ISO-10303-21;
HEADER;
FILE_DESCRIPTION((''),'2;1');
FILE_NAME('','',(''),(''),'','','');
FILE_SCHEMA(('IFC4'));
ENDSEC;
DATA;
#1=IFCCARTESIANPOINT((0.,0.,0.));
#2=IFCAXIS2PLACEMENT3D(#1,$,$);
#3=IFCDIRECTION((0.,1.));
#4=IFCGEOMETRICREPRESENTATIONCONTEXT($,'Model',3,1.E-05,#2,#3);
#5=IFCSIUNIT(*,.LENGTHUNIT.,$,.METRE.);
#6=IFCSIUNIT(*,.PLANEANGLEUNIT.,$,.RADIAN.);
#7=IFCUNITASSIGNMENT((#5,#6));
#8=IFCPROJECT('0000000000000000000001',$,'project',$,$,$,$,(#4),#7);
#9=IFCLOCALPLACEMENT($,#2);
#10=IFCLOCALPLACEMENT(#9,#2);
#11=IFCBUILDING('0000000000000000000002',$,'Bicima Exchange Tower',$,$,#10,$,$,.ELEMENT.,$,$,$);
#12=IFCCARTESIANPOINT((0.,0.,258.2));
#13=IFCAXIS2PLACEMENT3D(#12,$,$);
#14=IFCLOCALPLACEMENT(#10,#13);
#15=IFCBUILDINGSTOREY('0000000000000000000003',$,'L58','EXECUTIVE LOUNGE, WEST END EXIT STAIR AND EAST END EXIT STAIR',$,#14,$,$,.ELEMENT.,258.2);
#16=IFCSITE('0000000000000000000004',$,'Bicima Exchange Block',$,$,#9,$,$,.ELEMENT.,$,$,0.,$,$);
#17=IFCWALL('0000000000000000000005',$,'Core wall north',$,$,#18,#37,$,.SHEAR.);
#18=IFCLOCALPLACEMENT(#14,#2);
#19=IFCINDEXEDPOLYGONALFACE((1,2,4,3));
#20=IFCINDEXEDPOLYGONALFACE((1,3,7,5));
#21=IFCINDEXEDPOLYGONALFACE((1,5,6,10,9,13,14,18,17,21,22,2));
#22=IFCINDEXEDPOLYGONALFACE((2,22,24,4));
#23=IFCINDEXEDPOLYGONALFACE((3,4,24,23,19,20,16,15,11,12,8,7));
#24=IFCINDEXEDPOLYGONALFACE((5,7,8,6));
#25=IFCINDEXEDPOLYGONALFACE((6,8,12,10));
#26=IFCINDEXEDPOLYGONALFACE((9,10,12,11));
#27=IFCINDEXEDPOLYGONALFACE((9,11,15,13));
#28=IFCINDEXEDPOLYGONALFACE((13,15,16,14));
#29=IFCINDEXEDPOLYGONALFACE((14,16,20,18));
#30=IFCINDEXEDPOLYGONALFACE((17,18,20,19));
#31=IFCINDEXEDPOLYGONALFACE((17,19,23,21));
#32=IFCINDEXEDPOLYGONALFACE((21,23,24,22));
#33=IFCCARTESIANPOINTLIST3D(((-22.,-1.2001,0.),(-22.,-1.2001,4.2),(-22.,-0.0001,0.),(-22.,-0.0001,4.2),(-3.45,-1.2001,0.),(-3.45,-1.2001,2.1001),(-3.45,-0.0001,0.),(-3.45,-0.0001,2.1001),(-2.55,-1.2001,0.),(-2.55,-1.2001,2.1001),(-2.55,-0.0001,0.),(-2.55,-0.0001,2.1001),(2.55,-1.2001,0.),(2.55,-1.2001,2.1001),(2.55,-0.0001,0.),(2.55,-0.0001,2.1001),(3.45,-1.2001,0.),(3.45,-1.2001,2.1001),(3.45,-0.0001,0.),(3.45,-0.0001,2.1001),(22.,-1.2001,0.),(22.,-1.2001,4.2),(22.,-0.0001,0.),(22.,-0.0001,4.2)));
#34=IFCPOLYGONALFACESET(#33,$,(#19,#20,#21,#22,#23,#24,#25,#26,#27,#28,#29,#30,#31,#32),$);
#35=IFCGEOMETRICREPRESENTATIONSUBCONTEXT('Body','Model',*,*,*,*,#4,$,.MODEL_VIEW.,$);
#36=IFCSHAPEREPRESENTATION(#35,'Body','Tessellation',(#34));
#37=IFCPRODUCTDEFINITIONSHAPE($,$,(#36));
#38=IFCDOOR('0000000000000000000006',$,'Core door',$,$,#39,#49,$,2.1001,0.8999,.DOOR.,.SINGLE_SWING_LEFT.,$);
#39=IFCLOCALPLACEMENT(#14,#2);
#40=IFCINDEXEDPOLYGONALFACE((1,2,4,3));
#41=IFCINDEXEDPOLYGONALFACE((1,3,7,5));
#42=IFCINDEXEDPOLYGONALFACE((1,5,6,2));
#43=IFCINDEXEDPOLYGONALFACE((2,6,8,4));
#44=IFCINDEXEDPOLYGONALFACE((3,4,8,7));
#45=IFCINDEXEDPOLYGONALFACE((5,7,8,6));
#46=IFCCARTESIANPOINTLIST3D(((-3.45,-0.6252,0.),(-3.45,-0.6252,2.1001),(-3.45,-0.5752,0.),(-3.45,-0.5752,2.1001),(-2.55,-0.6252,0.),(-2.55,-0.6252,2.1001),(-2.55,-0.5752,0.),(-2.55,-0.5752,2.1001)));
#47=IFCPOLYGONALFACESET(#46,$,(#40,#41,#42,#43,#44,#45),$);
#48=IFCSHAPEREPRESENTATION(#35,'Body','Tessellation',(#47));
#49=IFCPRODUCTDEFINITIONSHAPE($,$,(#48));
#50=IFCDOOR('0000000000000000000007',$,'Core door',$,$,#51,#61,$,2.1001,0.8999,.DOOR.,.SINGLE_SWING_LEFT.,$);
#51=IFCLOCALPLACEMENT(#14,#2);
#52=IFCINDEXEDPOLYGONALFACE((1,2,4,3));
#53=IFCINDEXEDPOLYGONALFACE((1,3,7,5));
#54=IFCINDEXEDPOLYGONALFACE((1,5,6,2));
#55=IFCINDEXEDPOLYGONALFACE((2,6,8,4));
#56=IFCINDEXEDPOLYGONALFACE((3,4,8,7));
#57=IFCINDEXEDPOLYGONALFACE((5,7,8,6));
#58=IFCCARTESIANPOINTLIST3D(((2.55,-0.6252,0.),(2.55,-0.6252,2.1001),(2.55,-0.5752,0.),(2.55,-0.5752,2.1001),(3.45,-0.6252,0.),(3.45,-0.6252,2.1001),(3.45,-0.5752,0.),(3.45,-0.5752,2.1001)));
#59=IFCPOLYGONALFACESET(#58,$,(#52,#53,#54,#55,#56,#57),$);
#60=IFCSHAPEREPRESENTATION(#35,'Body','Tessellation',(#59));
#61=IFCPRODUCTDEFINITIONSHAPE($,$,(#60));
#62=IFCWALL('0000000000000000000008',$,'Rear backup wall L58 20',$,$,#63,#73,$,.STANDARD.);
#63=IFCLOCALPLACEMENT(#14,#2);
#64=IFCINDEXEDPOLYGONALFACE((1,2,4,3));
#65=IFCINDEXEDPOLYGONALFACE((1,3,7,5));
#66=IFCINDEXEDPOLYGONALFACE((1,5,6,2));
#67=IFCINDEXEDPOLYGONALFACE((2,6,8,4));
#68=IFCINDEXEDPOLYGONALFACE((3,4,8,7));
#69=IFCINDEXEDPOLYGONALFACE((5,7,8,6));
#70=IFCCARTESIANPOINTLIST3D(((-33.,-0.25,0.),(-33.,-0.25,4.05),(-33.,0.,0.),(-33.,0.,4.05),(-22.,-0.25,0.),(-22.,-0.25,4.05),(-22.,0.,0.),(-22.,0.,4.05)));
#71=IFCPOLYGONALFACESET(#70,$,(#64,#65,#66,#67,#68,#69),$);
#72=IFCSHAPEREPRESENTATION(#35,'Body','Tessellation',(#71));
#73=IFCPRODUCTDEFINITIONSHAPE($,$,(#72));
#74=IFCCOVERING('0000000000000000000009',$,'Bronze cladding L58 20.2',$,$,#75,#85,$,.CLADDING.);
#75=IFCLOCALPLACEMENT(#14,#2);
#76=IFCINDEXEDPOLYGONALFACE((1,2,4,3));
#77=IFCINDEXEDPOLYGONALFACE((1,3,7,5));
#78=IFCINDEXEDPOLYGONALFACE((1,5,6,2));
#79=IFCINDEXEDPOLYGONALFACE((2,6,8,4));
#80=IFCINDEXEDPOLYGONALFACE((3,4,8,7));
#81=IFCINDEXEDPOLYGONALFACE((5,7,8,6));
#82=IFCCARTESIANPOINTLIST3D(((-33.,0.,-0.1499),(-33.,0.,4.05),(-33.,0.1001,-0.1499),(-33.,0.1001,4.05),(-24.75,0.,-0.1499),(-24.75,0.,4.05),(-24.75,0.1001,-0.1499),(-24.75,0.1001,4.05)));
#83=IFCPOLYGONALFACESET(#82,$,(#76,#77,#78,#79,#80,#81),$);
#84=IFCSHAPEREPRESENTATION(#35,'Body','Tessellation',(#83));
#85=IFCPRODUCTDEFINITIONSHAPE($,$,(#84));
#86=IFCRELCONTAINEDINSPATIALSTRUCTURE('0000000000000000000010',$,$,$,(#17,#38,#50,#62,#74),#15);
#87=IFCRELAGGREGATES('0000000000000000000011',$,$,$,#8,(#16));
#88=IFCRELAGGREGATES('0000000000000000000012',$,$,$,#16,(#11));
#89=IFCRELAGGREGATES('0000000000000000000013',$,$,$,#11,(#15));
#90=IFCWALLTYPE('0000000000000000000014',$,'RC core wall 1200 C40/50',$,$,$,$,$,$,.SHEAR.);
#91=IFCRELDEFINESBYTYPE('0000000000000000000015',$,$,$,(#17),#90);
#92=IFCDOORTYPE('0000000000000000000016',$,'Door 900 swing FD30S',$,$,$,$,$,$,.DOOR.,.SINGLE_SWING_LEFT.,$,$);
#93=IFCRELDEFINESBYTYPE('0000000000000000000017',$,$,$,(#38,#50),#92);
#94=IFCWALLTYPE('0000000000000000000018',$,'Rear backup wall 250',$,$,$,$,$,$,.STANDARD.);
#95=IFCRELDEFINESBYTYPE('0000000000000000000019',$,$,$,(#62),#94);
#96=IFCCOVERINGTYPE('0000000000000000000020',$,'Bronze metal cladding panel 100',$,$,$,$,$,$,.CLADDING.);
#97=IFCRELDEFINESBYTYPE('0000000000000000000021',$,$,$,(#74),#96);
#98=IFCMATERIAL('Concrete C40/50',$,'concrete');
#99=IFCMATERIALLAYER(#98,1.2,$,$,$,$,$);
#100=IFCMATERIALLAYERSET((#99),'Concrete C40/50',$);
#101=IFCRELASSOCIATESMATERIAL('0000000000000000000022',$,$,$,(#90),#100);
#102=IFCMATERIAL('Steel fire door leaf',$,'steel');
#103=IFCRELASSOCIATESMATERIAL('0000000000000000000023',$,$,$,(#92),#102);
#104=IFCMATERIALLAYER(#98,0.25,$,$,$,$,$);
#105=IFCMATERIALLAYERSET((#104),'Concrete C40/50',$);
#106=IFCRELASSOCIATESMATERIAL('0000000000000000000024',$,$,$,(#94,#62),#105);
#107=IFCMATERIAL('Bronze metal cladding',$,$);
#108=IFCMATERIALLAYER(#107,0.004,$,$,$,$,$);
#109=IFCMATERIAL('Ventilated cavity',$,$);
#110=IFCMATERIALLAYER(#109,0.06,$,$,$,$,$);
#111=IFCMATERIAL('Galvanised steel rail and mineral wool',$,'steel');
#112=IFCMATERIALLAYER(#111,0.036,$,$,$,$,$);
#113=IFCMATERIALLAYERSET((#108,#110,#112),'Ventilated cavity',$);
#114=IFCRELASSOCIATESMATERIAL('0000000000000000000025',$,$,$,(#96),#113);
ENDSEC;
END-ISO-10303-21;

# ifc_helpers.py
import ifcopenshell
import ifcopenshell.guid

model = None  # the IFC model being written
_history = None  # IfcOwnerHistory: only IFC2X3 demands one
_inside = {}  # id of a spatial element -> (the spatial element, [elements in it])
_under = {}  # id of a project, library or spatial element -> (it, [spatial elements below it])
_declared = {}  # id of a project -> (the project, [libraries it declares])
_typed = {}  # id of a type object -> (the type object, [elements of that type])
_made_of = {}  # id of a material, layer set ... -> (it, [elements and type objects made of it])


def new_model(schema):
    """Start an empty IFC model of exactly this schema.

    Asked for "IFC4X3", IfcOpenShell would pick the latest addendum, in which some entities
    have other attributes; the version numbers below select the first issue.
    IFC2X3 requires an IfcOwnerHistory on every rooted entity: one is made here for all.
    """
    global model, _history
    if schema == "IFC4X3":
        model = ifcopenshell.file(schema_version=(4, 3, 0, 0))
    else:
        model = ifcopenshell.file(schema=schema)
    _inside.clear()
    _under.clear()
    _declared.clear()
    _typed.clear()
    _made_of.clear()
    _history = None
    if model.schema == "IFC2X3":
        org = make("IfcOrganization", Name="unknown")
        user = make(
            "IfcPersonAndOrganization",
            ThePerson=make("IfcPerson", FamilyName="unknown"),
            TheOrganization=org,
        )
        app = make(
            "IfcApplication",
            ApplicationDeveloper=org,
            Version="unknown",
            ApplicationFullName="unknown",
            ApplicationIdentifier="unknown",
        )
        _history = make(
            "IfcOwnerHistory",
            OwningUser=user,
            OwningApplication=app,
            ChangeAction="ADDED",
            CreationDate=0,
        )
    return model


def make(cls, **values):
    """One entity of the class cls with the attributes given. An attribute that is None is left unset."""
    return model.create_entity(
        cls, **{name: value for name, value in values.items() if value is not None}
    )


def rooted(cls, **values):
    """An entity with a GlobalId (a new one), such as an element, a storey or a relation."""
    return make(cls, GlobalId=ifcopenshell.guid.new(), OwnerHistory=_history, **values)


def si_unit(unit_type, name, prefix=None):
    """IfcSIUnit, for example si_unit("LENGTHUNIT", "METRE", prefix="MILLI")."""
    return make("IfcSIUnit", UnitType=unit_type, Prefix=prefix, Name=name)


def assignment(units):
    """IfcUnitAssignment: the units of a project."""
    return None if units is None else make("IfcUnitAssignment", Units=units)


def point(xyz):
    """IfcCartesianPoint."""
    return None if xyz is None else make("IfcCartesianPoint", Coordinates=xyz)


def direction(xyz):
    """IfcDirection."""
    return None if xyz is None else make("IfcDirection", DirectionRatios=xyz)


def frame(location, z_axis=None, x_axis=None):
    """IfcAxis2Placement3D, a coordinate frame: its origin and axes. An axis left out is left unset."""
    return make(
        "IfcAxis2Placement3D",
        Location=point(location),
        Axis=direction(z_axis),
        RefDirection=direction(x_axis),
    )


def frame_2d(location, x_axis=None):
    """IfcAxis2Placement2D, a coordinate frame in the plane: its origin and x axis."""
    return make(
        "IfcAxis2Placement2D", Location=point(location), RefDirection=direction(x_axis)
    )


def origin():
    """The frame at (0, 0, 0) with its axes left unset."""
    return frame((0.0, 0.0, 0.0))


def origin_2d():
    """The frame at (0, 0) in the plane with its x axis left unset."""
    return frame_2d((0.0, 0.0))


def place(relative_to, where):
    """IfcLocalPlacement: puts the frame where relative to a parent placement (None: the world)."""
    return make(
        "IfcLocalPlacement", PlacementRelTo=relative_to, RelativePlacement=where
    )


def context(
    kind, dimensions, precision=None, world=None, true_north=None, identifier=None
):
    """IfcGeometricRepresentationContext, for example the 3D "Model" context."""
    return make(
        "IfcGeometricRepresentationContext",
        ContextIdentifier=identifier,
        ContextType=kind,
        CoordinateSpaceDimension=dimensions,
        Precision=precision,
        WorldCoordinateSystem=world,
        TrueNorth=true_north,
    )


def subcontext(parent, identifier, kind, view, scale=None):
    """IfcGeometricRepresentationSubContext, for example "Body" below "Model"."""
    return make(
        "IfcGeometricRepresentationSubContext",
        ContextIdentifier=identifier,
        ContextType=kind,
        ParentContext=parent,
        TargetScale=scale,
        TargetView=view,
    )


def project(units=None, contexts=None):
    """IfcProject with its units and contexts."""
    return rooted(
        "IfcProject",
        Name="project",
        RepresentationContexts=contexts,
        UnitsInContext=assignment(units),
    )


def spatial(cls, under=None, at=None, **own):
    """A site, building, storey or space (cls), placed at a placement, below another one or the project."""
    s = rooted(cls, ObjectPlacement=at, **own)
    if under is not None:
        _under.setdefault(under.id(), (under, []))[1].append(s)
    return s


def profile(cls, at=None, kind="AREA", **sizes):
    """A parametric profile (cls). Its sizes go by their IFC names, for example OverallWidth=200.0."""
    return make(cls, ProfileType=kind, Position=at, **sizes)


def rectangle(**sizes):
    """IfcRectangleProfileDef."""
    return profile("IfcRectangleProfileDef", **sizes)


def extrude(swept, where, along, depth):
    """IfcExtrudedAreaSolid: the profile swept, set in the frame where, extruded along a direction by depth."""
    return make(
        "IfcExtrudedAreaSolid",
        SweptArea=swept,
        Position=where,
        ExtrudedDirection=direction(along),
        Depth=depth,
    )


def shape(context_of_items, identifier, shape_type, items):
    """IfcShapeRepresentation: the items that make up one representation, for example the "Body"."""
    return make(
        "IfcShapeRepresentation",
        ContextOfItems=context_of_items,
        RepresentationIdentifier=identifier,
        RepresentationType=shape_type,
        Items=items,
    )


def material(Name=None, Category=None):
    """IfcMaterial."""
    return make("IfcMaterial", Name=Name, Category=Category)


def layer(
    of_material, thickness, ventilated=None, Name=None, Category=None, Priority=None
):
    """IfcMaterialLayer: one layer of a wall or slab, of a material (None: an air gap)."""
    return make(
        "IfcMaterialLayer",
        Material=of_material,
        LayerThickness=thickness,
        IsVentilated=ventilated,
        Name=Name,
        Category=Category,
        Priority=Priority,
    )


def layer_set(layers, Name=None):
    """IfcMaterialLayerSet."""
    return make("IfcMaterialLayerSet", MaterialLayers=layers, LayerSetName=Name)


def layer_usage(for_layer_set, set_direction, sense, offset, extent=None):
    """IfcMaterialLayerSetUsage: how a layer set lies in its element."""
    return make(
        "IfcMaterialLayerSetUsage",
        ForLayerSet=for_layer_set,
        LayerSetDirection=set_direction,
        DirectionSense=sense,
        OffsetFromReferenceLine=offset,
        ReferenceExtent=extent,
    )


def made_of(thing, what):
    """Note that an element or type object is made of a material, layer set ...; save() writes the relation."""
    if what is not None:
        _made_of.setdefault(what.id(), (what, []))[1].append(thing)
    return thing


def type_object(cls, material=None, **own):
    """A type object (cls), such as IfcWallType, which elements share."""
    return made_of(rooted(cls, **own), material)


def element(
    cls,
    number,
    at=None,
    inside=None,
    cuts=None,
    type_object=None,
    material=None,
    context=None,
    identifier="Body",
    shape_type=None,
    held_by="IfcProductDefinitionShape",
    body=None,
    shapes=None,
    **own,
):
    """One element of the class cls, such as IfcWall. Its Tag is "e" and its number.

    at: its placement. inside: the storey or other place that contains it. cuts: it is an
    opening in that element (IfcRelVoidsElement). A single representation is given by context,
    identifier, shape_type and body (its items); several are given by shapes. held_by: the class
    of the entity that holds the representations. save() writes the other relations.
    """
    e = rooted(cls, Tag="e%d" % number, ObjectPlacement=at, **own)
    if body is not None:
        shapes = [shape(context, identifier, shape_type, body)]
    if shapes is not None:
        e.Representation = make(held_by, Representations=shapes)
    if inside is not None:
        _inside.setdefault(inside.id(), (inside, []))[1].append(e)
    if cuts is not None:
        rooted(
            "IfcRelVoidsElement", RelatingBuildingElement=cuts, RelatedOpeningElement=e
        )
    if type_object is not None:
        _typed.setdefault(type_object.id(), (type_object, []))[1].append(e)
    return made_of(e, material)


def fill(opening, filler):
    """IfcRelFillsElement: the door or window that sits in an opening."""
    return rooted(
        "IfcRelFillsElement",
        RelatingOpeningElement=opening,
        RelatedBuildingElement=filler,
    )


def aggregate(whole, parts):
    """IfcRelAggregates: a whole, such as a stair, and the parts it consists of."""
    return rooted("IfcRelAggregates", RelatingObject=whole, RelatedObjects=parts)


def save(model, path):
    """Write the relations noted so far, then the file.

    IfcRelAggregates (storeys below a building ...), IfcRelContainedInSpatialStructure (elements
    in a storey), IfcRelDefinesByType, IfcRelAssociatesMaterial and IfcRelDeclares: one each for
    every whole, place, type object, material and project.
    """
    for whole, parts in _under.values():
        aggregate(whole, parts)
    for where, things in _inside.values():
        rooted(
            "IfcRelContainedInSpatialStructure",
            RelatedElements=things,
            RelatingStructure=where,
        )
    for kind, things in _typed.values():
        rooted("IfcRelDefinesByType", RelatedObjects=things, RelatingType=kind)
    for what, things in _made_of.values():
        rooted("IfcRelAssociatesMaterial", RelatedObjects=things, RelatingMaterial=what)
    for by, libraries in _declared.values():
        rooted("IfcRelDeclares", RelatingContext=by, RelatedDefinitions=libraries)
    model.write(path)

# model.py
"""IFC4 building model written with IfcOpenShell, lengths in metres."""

from ifc_helpers import new_model, si_unit, direction, frame, frame_2d, origin, origin_2d, place, context, subcontext, project, spatial, rectangle, extrude, material, layer, layer_set, layer_usage, type_object, element, fill, save


model = new_model("IFC4")

# Units and contexts
model_context = context("Model", 3, precision=1e-05, world=origin(), true_north=direction((0.0, 1.0)))
body_context = subcontext(model_context, "Body", "Model", "MODEL_VIEW")
ifc_project = project(units=[si_unit("LENGTHUNIT", "METRE"), si_unit("PLANEANGLEUNIT", "RADIAN")], contexts=[model_context])

# Site, building, storey
site_placement = place(None, origin())
site = spatial("IfcSite", under=ifc_project, at=site_placement, Name="Bicima Exchange Block", CompositionType="ELEMENT", RefElevation=0.0)
building_placement = place(site_placement, origin())
building = spatial("IfcBuilding", under=site, at=building_placement, Name="Bicima Exchange Tower", CompositionType="ELEMENT")
storey_placement = place(building_placement, frame((0.0, 0.0, 258.2)))
storey = spatial("IfcBuildingStorey", under=building, at=storey_placement, Name="L58", Description="EXECUTIVE LOUNGE, WEST END EXIT STAIR AND EAST END EXIT STAIR", CompositionType="ELEMENT", Elevation=258.2)

# Wall, openings, doors
ifc_material_1 = material(Name="Concrete C40/50", Category="concrete")
ifc_layer_1 = layer(ifc_material_1, 1.2)
ifc_layer_set_1 = layer_set([ifc_layer_1], Name="Concrete C40/50")
wall_type_1 = type_object("IfcWallType", Name="RC core wall 1200 C40/50", PredefinedType="SHEAR", material=ifc_layer_set_1)
wall_1_placement = place(storey_placement, frame((-22.0, -0.6001, 0.0), z_axis=(0.0, 0.0, 1.0), x_axis=(1.0, 0.0, 0.0)))
wall_1 = element("IfcWall", 1, at=wall_1_placement, inside=storey, type_object=wall_type_1, Name="Core wall north", PredefinedType="SHEAR", context=body_context, shape_type="SweptSolid", body=[
    extrude(rectangle(XDim=44.0, YDim=1.2, at=frame_2d((22.0, 0.0))), origin(), (0.0, 0.0, 1.0), 4.2),
])
opening_1_placement = place(wall_1_placement, frame((18.55, 0.0, 0.0)))
opening_1 = element("IfcOpeningElement", 2, at=opening_1_placement, cuts=wall_1, PredefinedType="OPENING", context=body_context, shape_type="SweptSolid", body=[
    extrude(rectangle(XDim=0.8999, YDim=2.1001, at=frame_2d((0.45, 1.05))), frame((0.0, 0.6118, 0.0), z_axis=(0.0, -1.0, 0.0), x_axis=(1.0, 0.0, 0.0)), (0.0, 0.0, 1.0), 1.2239),
])
opening_2_placement = place(wall_1_placement, frame((24.55, 0.0, 0.0)))
opening_2 = element("IfcOpeningElement", 3, at=opening_2_placement, cuts=wall_1, PredefinedType="OPENING", context=body_context, shape_type="SweptSolid", body=[
    extrude(rectangle(XDim=0.8999, YDim=2.1001, at=frame_2d((0.45, 1.05))), frame((0.0, 0.6118, 0.0), z_axis=(0.0, -1.0, 0.0), x_axis=(1.0, 0.0, 0.0)), (0.0, 0.0, 1.0), 1.2239),
])
ifc_material_2 = material(Name="Steel fire door leaf", Category="steel")
door_type = type_object("IfcDoorType", Name="Door 900 swing FD30S", OperationType="SINGLE_SWING_LEFT", PredefinedType="DOOR", material=ifc_material_2)
door_1_placement = place(opening_1_placement, origin())
door_1 = element("IfcDoor", 4, at=door_1_placement, inside=storey, type_object=door_type, Name="Core door", OperationType="SINGLE_SWING_LEFT", OverallHeight=2.1001, OverallWidth=0.8999, PredefinedType="DOOR", context=body_context, shape_type="SweptSolid", body=[
    extrude(rectangle(XDim=0.8999, YDim=2.1001, at=frame_2d((0.45, 1.05))), frame((0.0, 0.0249, 0.0), z_axis=(0.0, -1.0, 0.0), x_axis=(1.0, 0.0, 0.0)), (0.0, 0.0, 1.0), 0.05),
])
fill(opening_1, door_1)
door_2_placement = place(opening_2_placement, origin())
door_2 = element("IfcDoor", 5, at=door_2_placement, inside=storey, type_object=door_type, Name="Core door", OperationType="SINGLE_SWING_LEFT", OverallHeight=2.1001, OverallWidth=0.8999, PredefinedType="DOOR", context=body_context, shape_type="SweptSolid", body=[
    extrude(rectangle(XDim=0.8999, YDim=2.1001, at=frame_2d((0.45, 1.05))), frame((0.0, 0.0249, 0.0), z_axis=(0.0, -1.0, 0.0), x_axis=(1.0, 0.0, 0.0)), (0.0, 0.0, 1.0), 0.05),
])
fill(opening_2, door_2)

# Wall
ifc_layer_2 = layer(ifc_material_1, 0.25)
ifc_layer_set_2 = layer_set([ifc_layer_2], Name="Concrete C40/50")
ifc_layer_usage = layer_usage(ifc_layer_set_2, "AXIS2", "POSITIVE", -0.125)
wall_type_2 = type_object("IfcWallType", Name="Rear backup wall 250", PredefinedType="STANDARD", material=ifc_layer_set_2)
wall_2_placement = place(storey_placement, frame((-22.0, -0.125, 0.0), z_axis=(0.0, 0.0, 1.0), x_axis=(-1.0, 0.0, 0.0)))
element("IfcWall", 6, at=wall_2_placement, inside=storey, type_object=wall_type_2, material=ifc_layer_usage, Name="Rear backup wall L58 20", PredefinedType="STANDARD", context=body_context, shape_type="SweptSolid", body=[
    extrude(rectangle(XDim=11.0, YDim=0.25, at=frame_2d((5.5, 0.0))), origin(), (0.0, 0.0, 1.0), 4.05),
])

# Covering
ifc_material_3 = material(Name="Bronze metal cladding")
ifc_layer_3 = layer(ifc_material_3, 0.004)
ifc_material_4 = material(Name="Ventilated cavity")
ifc_layer_4 = layer(ifc_material_4, 0.06)
ifc_material_5 = material(Name="Galvanised steel rail and mineral wool", Category="steel")
ifc_layer_5 = layer(ifc_material_5, 0.036)
ifc_layer_set_3 = layer_set([ifc_layer_3, ifc_layer_4, ifc_layer_5], Name="Ventilated cavity")
covering_type = type_object("IfcCoveringType", Name="Bronze metal cladding panel 100", PredefinedType="CLADDING", material=ifc_layer_set_3)
covering_placement = place(storey_placement, frame((-28.875, 0.05, -0.1499), z_axis=(0.0, 0.0, 1.0), x_axis=(-1.0, 0.0, 0.0)))
element("IfcCovering", 7, at=covering_placement, inside=storey, type_object=covering_type, Name="Bronze cladding L58 20.2", PredefinedType="CLADDING", context=body_context, shape_type="SweptSolid", body=[
    extrude(rectangle(XDim=8.25, YDim=0.1001, at=origin_2d()), origin(), (0.0, 0.0, 1.0), 4.2),
])

save(model, "model.ifc")
